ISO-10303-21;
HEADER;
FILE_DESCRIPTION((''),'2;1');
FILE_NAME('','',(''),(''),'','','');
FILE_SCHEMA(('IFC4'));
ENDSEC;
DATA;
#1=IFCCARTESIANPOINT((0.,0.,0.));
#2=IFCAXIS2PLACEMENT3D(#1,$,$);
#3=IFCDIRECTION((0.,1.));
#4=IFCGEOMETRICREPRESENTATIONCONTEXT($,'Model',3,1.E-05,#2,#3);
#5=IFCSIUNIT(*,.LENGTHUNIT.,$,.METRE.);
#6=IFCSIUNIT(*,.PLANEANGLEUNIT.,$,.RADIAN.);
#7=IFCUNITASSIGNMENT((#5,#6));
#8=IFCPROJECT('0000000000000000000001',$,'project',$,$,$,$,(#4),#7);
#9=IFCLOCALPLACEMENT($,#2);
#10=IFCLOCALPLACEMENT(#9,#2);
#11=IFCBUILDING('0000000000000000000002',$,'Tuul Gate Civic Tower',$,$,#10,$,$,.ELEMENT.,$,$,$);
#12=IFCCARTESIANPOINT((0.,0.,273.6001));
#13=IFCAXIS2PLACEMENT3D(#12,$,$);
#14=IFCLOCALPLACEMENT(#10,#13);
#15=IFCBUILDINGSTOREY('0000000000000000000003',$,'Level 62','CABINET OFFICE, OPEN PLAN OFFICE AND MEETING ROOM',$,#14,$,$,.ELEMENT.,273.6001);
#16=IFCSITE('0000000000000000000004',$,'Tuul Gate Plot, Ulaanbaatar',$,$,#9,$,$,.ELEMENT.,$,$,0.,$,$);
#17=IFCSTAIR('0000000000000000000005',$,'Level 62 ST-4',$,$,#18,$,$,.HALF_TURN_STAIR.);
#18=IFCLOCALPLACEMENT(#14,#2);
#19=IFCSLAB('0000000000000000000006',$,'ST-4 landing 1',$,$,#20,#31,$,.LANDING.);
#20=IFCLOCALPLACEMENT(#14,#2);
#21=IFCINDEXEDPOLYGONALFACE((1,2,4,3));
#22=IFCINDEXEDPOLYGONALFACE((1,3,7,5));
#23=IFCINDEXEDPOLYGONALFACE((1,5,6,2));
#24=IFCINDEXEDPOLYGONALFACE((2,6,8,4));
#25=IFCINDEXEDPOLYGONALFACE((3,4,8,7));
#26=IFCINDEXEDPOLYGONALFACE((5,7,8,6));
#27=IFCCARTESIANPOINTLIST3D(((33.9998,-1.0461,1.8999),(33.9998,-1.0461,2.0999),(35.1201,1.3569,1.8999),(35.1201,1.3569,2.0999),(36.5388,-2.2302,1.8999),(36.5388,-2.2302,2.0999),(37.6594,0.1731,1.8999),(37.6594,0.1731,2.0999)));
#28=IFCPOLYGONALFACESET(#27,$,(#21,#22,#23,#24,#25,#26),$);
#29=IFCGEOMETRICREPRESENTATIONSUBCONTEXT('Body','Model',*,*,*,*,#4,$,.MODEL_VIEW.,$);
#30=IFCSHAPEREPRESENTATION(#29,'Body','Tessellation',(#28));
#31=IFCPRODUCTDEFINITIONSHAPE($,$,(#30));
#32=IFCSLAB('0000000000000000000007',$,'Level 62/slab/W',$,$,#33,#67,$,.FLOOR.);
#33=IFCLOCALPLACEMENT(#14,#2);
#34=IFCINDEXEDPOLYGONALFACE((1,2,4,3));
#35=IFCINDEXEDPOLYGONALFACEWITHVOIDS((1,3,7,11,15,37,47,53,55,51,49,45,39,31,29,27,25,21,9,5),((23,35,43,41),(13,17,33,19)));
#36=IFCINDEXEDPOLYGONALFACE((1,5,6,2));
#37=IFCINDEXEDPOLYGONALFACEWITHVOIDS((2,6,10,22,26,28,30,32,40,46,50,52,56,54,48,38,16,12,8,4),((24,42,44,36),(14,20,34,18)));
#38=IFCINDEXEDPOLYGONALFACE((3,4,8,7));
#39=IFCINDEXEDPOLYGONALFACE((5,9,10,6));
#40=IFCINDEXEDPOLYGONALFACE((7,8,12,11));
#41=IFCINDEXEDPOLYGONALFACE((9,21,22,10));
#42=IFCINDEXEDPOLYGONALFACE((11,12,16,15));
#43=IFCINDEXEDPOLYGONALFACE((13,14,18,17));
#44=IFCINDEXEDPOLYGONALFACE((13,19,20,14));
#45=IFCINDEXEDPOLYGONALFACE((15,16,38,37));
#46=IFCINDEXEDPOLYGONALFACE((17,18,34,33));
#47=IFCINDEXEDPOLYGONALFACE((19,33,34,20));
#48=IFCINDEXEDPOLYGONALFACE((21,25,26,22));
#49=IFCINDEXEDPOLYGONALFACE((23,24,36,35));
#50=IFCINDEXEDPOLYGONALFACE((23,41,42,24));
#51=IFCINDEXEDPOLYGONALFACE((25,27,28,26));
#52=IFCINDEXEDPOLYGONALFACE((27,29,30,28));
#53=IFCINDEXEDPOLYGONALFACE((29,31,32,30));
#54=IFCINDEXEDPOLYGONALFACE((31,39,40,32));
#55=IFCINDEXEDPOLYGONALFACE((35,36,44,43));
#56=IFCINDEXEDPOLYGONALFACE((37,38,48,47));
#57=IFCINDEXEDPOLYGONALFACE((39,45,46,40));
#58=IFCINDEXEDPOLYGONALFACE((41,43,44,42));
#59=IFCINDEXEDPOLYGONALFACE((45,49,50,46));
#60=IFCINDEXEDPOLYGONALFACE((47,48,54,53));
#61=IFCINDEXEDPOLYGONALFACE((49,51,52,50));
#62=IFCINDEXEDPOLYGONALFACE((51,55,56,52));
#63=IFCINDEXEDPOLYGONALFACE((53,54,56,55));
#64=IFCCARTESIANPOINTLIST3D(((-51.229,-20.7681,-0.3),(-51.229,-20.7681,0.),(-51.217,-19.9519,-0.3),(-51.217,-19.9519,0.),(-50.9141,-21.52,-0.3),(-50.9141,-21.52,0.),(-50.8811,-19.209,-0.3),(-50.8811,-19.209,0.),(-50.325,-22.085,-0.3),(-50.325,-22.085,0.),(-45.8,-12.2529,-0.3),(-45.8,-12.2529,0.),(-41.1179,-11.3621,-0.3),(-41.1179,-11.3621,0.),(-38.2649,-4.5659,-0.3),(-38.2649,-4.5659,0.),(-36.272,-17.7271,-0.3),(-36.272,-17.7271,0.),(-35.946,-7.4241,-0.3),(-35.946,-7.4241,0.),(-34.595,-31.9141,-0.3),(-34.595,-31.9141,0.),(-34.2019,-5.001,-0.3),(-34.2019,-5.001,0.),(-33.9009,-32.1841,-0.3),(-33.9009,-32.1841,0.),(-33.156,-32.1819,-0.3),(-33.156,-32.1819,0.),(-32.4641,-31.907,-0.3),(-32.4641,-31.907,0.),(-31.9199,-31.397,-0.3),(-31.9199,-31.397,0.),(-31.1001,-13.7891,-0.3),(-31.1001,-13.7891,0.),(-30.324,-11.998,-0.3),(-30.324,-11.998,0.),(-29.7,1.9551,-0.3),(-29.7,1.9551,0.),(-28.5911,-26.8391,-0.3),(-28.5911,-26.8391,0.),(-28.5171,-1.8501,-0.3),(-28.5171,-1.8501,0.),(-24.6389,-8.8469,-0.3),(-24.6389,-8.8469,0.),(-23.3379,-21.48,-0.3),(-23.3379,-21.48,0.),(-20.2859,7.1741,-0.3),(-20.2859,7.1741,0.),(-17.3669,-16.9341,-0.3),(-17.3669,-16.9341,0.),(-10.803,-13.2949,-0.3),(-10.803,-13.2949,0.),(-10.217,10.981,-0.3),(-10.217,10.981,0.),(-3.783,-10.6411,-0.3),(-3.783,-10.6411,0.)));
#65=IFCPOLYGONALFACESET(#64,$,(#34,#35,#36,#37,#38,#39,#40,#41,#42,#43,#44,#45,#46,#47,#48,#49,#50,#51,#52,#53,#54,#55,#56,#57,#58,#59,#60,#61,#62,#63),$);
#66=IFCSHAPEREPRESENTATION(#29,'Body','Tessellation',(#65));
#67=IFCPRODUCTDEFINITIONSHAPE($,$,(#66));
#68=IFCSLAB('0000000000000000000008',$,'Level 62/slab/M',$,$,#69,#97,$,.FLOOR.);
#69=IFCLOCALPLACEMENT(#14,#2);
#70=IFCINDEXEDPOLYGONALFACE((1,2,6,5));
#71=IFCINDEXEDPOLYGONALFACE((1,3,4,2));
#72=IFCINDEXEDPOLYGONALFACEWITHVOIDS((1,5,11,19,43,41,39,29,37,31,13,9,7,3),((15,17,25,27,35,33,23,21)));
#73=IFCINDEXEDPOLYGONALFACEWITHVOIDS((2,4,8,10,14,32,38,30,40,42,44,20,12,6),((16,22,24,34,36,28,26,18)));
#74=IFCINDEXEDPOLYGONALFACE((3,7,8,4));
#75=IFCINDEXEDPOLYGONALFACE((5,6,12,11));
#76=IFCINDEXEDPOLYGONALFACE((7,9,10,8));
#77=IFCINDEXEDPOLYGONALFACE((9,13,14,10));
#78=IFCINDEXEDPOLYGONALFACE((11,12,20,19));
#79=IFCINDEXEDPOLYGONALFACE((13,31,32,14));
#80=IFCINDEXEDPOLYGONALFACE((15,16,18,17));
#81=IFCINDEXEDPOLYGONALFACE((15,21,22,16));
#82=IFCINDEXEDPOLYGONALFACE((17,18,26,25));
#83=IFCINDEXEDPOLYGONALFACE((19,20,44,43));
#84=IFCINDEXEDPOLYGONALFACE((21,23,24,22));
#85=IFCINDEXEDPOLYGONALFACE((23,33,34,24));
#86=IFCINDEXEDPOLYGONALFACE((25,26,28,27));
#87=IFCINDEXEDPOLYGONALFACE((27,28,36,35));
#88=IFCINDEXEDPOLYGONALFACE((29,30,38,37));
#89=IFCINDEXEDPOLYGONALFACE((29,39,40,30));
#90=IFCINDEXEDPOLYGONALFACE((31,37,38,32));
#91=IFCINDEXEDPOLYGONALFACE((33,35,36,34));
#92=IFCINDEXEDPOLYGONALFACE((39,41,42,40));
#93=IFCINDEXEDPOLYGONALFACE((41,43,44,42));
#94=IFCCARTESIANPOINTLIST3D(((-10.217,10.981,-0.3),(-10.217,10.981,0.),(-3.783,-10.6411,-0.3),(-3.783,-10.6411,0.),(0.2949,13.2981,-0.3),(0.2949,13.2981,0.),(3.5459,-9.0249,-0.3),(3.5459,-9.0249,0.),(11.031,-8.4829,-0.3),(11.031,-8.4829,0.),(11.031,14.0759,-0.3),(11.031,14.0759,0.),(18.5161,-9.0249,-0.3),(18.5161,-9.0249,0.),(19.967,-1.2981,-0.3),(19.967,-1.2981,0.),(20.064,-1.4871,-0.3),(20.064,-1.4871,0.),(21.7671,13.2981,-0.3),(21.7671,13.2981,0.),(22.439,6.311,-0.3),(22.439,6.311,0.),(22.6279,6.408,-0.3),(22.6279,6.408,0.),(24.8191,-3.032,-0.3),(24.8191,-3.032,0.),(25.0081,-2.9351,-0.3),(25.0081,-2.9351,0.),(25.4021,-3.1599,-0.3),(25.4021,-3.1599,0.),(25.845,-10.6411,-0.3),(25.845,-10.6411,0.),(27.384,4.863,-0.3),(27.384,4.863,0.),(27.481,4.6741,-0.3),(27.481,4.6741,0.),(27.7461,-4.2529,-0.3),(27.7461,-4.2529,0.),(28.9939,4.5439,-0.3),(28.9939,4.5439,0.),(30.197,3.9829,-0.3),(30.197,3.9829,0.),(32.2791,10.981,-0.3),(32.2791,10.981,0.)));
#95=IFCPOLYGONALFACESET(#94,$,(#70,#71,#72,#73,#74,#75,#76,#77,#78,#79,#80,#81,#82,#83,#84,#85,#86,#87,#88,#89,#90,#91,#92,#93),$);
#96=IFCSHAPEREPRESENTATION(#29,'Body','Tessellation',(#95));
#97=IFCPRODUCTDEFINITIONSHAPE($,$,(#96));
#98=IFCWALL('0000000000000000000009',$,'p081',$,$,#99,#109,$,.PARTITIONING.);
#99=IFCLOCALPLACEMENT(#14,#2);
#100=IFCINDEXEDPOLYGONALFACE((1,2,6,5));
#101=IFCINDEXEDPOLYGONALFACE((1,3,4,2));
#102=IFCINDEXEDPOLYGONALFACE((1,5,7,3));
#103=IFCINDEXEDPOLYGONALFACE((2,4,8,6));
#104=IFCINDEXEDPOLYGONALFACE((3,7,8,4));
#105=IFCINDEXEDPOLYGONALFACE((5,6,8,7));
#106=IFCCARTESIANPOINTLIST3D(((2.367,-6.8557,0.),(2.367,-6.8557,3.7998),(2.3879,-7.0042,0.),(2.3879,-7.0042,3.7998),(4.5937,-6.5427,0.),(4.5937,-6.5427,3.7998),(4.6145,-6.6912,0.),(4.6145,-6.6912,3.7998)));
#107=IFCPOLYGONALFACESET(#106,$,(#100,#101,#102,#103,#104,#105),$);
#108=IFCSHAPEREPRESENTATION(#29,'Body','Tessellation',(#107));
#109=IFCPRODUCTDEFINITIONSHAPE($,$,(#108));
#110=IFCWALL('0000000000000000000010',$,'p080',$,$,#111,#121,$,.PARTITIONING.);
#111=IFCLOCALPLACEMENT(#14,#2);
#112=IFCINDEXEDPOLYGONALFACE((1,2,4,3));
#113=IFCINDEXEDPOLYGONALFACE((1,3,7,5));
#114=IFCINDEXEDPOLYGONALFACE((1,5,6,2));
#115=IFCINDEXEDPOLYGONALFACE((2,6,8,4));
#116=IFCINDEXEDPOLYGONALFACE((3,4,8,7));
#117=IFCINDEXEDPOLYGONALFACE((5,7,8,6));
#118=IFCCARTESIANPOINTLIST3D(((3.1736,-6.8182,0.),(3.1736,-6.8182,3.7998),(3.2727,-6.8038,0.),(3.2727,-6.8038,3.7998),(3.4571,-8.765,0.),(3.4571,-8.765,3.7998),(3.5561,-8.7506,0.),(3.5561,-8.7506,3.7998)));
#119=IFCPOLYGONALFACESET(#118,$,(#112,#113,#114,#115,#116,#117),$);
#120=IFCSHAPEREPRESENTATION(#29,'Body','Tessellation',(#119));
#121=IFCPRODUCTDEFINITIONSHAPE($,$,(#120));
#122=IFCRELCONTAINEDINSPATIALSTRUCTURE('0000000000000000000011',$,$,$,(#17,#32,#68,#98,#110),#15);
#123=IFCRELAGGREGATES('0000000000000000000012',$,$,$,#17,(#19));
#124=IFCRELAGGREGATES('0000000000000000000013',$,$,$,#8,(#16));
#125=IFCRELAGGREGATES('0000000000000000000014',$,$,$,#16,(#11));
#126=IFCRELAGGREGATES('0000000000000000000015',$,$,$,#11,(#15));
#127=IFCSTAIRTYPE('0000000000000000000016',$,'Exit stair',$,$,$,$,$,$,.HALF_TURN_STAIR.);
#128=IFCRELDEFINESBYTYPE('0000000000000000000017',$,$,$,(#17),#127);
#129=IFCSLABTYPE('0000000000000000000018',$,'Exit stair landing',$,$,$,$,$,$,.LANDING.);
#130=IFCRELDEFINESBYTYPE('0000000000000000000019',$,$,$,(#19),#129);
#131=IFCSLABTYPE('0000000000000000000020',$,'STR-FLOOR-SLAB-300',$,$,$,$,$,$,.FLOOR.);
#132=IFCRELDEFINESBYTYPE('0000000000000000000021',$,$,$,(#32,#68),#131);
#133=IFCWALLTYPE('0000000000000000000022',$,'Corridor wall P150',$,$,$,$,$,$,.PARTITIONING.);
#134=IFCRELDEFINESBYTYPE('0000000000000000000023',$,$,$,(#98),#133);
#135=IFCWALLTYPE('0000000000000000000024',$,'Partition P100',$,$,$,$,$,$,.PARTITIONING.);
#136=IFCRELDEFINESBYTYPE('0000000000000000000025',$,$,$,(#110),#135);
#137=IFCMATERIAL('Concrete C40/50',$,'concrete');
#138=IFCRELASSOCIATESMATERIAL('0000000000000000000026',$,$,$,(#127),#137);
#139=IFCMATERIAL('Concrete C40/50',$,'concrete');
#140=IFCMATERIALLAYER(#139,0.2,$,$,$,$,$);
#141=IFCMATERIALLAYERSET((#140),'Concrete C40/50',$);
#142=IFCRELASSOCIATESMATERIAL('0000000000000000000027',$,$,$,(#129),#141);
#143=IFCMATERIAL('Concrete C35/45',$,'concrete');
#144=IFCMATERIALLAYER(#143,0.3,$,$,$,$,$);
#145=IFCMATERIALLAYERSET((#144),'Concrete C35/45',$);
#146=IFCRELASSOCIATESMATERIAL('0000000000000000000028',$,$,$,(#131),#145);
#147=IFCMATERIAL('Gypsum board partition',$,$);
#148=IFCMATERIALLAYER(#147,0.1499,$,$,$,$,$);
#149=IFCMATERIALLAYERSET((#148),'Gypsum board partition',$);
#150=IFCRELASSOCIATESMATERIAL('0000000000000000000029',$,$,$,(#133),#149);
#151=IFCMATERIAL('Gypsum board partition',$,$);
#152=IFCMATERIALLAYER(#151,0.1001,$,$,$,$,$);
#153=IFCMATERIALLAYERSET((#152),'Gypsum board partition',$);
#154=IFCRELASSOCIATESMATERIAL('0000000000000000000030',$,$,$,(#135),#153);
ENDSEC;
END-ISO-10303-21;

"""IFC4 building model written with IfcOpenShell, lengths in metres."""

from ifc_helpers import new_model, si_unit, direction, frame, frame_2d, origin, place, context, subcontext, project, spatial, polyline, rectangle, outline, extrude, material, layer, layer_set, type_object, element, aggregate, save


model = new_model("IFC4")

# Units and contexts
model_context = context("Model", 3, precision=1e-05, world=origin(), true_north=direction((0.0, 1.0)))
body_context = subcontext(model_context, "Body", "Model", "MODEL_VIEW")
ifc_project = project(units=[si_unit("LENGTHUNIT", "METRE"), si_unit("PLANEANGLEUNIT", "RADIAN")], contexts=[model_context])

# Site, building, storey
site_placement = place(None, origin())
site = spatial("IfcSite", under=ifc_project, at=site_placement, Name="Tuul Gate Plot, Ulaanbaatar", CompositionType="ELEMENT", RefElevation=0.0)
building_placement = place(site_placement, origin())
building = spatial("IfcBuilding", under=site, at=building_placement, Name="Tuul Gate Civic Tower", CompositionType="ELEMENT")
storey_placement = place(building_placement, frame((0.0, 0.0, 273.6001)))
storey = spatial("IfcBuildingStorey", under=building, at=storey_placement, Name="Level 62", Description="CABINET OFFICE, OPEN PLAN OFFICE AND MEETING ROOM", CompositionType="ELEMENT", Elevation=273.6001)

# Stair, slab
ifc_material_1 = material(Name="Concrete C40/50", Category="concrete")
stair_type = type_object("IfcStairType", Name="Exit stair", PredefinedType="HALF_TURN_STAIR", material=ifc_material_1)
ifc_material_2 = material(Name="Concrete C40/50", Category="concrete")
ifc_layer_1 = layer(ifc_material_2, 0.2)
ifc_layer_set_1 = layer_set([ifc_layer_1], Name="Concrete C40/50")
slab_type_1 = type_object("IfcSlabType", Name="Exit stair landing", PredefinedType="LANDING", material=ifc_layer_set_1)
stair_1_placement = place(storey_placement, origin())
stair_1 = element("IfcStair", 1, at=stair_1_placement, inside=storey, type_object=stair_type, Name="Level 62 ST-4", PredefinedType="HALF_TURN_STAIR")
slab_1_placement = place(storey_placement, frame((0.0, 0.0, 1.8999)))
slab_1 = element("IfcSlab", 2, at=slab_1_placement, type_object=slab_type_1, Name="ST-4 landing 1", PredefinedType="LANDING", context=body_context, shape_type="SweptSolid", body=[
    extrude(outline(polyline([(36.5388, -2.2302), (33.9998, -1.0461), (35.1201, 1.3569), (37.6594, 0.1731), (36.5388, -2.2302)])), origin(), (0.0, 0.0, 1.0), 0.2),
])
aggregate(stair_1, [slab_1])

# Slabs
ifc_material_3 = material(Name="Concrete C35/45", Category="concrete")
ifc_layer_2 = layer(ifc_material_3, 0.3)
ifc_layer_set_2 = layer_set([ifc_layer_2], Name="Concrete C35/45")
slab_type_2 = type_object("IfcSlabType", Name="STR-FLOOR-SLAB-300", PredefinedType="FLOOR", material=ifc_layer_set_2)
slab_2_placement = place(storey_placement, frame((0.0, 0.0, -0.3)))
element("IfcSlab", 3, at=slab_2_placement, inside=storey, type_object=slab_type_2, Name="Level 62/slab/W", PredefinedType="FLOOR", context=body_context, shape_type="SweptSolid", body=[
    extrude(outline(polyline([(-10.803, -13.2949), (-3.783, -10.6411), (-10.217, 10.981), (-20.2859, 7.1741), (-29.7, 1.9551), (-38.2649, -4.5659), (-45.8, -12.2529), (-50.8811, -19.209), (-51.217, -19.9519), (-51.229, -20.7681), (-50.9141, -21.52), (-50.325, -22.085), (-34.595, -31.9141), (-33.9009, -32.1841), (-33.156, -32.1819), (-32.4641, -31.907), (-31.9199, -31.397), (-28.5911, -26.8391), (-23.3379, -21.48), (-17.3669, -16.9341), (-10.803, -13.2949)]), holes=[polyline([(-31.1001, -13.7891), (-36.272, -17.7271), (-41.1179, -11.3621), (-35.946, -7.4241), (-31.1001, -13.7891)]), polyline([(-24.6389, -8.8469), (-30.324, -11.998), (-34.2019, -5.001), (-28.5171, -1.8501), (-24.6389, -8.8469)])]), origin(), (0.0, 0.0, 1.0), 0.3),
])
slab_3_placement = place(storey_placement, frame((0.0, 0.0, -0.3)))
element("IfcSlab", 4, at=slab_3_placement, inside=storey, type_object=slab_type_2, Name="Level 62/slab/M", PredefinedType="FLOOR", context=body_context, shape_type="SweptSolid", body=[
    extrude(outline(polyline([(18.5161, -9.0249), (25.845, -10.6411), (27.7461, -4.2529), (25.4021, -3.1599), (28.9939, 4.5439), (30.197, 3.9829), (32.2791, 10.981), (21.7671, 13.2981), (11.031, 14.0759), (0.2949, 13.2981), (-10.217, 10.981), (-3.783, -10.6411), (3.5459, -9.0249), (11.031, -8.4829), (18.5161, -9.0249)]), holes=[polyline([(20.064, -1.4871), (19.967, -1.2981), (22.439, 6.311), (22.6279, 6.408), (27.384, 4.863), (27.481, 4.6741), (25.0081, -2.9351), (24.8191, -3.032), (20.064, -1.4871)])]), origin(), (0.0, 0.0, 1.0), 0.3),
])

# Walls
ifc_material_4 = material(Name="Gypsum board partition")
ifc_layer_3 = layer(ifc_material_4, 0.1499)
ifc_layer_set_3 = layer_set([ifc_layer_3], Name="Gypsum board partition")
wall_type_1 = type_object("IfcWallType", Name="Corridor wall P150", PredefinedType="PARTITIONING", material=ifc_layer_set_3)
wall_1_placement = place(storey_placement, frame((2.3774, -6.9299, 0.0), z_axis=(0.0, 0.0, 1.0), x_axis=(0.990264, 0.139202, 0.0)))
element("IfcWall", 5, at=wall_1_placement, inside=storey, type_object=wall_type_1, Name="p081", PredefinedType="PARTITIONING", context=body_context, shape_type="SweptSolid", body=[
    extrude(rectangle(XDim=2.2485, YDim=0.1499, at=frame_2d((1.1243, 0.0))), origin(), (0.0, 0.0, 1.0), 3.7998),
])
ifc_material_5 = material(Name="Gypsum board partition")
ifc_layer_4 = layer(ifc_material_5, 0.1001)
ifc_layer_set_4 = layer_set([ifc_layer_4], Name="Gypsum board partition")
wall_type_2 = type_object("IfcWallType", Name="Partition P100", PredefinedType="PARTITIONING", material=ifc_layer_set_4)
wall_2_placement = place(storey_placement, frame((3.2231, -6.811, 0.0), z_axis=(0.0, 0.0, 1.0), x_axis=(0.144079, -0.989566, 0.0)))
element("IfcWall", 6, at=wall_2_placement, inside=storey, type_object=wall_type_2, Name="p080", PredefinedType="PARTITIONING", context=body_context, shape_type="SweptSolid", body=[
    extrude(rectangle(XDim=1.9673, YDim=0.1001, at=frame_2d((0.9836, 0.0))), origin(), (0.0, 0.0, 1.0), 3.7998),
])

save(model, "model.ifc")
